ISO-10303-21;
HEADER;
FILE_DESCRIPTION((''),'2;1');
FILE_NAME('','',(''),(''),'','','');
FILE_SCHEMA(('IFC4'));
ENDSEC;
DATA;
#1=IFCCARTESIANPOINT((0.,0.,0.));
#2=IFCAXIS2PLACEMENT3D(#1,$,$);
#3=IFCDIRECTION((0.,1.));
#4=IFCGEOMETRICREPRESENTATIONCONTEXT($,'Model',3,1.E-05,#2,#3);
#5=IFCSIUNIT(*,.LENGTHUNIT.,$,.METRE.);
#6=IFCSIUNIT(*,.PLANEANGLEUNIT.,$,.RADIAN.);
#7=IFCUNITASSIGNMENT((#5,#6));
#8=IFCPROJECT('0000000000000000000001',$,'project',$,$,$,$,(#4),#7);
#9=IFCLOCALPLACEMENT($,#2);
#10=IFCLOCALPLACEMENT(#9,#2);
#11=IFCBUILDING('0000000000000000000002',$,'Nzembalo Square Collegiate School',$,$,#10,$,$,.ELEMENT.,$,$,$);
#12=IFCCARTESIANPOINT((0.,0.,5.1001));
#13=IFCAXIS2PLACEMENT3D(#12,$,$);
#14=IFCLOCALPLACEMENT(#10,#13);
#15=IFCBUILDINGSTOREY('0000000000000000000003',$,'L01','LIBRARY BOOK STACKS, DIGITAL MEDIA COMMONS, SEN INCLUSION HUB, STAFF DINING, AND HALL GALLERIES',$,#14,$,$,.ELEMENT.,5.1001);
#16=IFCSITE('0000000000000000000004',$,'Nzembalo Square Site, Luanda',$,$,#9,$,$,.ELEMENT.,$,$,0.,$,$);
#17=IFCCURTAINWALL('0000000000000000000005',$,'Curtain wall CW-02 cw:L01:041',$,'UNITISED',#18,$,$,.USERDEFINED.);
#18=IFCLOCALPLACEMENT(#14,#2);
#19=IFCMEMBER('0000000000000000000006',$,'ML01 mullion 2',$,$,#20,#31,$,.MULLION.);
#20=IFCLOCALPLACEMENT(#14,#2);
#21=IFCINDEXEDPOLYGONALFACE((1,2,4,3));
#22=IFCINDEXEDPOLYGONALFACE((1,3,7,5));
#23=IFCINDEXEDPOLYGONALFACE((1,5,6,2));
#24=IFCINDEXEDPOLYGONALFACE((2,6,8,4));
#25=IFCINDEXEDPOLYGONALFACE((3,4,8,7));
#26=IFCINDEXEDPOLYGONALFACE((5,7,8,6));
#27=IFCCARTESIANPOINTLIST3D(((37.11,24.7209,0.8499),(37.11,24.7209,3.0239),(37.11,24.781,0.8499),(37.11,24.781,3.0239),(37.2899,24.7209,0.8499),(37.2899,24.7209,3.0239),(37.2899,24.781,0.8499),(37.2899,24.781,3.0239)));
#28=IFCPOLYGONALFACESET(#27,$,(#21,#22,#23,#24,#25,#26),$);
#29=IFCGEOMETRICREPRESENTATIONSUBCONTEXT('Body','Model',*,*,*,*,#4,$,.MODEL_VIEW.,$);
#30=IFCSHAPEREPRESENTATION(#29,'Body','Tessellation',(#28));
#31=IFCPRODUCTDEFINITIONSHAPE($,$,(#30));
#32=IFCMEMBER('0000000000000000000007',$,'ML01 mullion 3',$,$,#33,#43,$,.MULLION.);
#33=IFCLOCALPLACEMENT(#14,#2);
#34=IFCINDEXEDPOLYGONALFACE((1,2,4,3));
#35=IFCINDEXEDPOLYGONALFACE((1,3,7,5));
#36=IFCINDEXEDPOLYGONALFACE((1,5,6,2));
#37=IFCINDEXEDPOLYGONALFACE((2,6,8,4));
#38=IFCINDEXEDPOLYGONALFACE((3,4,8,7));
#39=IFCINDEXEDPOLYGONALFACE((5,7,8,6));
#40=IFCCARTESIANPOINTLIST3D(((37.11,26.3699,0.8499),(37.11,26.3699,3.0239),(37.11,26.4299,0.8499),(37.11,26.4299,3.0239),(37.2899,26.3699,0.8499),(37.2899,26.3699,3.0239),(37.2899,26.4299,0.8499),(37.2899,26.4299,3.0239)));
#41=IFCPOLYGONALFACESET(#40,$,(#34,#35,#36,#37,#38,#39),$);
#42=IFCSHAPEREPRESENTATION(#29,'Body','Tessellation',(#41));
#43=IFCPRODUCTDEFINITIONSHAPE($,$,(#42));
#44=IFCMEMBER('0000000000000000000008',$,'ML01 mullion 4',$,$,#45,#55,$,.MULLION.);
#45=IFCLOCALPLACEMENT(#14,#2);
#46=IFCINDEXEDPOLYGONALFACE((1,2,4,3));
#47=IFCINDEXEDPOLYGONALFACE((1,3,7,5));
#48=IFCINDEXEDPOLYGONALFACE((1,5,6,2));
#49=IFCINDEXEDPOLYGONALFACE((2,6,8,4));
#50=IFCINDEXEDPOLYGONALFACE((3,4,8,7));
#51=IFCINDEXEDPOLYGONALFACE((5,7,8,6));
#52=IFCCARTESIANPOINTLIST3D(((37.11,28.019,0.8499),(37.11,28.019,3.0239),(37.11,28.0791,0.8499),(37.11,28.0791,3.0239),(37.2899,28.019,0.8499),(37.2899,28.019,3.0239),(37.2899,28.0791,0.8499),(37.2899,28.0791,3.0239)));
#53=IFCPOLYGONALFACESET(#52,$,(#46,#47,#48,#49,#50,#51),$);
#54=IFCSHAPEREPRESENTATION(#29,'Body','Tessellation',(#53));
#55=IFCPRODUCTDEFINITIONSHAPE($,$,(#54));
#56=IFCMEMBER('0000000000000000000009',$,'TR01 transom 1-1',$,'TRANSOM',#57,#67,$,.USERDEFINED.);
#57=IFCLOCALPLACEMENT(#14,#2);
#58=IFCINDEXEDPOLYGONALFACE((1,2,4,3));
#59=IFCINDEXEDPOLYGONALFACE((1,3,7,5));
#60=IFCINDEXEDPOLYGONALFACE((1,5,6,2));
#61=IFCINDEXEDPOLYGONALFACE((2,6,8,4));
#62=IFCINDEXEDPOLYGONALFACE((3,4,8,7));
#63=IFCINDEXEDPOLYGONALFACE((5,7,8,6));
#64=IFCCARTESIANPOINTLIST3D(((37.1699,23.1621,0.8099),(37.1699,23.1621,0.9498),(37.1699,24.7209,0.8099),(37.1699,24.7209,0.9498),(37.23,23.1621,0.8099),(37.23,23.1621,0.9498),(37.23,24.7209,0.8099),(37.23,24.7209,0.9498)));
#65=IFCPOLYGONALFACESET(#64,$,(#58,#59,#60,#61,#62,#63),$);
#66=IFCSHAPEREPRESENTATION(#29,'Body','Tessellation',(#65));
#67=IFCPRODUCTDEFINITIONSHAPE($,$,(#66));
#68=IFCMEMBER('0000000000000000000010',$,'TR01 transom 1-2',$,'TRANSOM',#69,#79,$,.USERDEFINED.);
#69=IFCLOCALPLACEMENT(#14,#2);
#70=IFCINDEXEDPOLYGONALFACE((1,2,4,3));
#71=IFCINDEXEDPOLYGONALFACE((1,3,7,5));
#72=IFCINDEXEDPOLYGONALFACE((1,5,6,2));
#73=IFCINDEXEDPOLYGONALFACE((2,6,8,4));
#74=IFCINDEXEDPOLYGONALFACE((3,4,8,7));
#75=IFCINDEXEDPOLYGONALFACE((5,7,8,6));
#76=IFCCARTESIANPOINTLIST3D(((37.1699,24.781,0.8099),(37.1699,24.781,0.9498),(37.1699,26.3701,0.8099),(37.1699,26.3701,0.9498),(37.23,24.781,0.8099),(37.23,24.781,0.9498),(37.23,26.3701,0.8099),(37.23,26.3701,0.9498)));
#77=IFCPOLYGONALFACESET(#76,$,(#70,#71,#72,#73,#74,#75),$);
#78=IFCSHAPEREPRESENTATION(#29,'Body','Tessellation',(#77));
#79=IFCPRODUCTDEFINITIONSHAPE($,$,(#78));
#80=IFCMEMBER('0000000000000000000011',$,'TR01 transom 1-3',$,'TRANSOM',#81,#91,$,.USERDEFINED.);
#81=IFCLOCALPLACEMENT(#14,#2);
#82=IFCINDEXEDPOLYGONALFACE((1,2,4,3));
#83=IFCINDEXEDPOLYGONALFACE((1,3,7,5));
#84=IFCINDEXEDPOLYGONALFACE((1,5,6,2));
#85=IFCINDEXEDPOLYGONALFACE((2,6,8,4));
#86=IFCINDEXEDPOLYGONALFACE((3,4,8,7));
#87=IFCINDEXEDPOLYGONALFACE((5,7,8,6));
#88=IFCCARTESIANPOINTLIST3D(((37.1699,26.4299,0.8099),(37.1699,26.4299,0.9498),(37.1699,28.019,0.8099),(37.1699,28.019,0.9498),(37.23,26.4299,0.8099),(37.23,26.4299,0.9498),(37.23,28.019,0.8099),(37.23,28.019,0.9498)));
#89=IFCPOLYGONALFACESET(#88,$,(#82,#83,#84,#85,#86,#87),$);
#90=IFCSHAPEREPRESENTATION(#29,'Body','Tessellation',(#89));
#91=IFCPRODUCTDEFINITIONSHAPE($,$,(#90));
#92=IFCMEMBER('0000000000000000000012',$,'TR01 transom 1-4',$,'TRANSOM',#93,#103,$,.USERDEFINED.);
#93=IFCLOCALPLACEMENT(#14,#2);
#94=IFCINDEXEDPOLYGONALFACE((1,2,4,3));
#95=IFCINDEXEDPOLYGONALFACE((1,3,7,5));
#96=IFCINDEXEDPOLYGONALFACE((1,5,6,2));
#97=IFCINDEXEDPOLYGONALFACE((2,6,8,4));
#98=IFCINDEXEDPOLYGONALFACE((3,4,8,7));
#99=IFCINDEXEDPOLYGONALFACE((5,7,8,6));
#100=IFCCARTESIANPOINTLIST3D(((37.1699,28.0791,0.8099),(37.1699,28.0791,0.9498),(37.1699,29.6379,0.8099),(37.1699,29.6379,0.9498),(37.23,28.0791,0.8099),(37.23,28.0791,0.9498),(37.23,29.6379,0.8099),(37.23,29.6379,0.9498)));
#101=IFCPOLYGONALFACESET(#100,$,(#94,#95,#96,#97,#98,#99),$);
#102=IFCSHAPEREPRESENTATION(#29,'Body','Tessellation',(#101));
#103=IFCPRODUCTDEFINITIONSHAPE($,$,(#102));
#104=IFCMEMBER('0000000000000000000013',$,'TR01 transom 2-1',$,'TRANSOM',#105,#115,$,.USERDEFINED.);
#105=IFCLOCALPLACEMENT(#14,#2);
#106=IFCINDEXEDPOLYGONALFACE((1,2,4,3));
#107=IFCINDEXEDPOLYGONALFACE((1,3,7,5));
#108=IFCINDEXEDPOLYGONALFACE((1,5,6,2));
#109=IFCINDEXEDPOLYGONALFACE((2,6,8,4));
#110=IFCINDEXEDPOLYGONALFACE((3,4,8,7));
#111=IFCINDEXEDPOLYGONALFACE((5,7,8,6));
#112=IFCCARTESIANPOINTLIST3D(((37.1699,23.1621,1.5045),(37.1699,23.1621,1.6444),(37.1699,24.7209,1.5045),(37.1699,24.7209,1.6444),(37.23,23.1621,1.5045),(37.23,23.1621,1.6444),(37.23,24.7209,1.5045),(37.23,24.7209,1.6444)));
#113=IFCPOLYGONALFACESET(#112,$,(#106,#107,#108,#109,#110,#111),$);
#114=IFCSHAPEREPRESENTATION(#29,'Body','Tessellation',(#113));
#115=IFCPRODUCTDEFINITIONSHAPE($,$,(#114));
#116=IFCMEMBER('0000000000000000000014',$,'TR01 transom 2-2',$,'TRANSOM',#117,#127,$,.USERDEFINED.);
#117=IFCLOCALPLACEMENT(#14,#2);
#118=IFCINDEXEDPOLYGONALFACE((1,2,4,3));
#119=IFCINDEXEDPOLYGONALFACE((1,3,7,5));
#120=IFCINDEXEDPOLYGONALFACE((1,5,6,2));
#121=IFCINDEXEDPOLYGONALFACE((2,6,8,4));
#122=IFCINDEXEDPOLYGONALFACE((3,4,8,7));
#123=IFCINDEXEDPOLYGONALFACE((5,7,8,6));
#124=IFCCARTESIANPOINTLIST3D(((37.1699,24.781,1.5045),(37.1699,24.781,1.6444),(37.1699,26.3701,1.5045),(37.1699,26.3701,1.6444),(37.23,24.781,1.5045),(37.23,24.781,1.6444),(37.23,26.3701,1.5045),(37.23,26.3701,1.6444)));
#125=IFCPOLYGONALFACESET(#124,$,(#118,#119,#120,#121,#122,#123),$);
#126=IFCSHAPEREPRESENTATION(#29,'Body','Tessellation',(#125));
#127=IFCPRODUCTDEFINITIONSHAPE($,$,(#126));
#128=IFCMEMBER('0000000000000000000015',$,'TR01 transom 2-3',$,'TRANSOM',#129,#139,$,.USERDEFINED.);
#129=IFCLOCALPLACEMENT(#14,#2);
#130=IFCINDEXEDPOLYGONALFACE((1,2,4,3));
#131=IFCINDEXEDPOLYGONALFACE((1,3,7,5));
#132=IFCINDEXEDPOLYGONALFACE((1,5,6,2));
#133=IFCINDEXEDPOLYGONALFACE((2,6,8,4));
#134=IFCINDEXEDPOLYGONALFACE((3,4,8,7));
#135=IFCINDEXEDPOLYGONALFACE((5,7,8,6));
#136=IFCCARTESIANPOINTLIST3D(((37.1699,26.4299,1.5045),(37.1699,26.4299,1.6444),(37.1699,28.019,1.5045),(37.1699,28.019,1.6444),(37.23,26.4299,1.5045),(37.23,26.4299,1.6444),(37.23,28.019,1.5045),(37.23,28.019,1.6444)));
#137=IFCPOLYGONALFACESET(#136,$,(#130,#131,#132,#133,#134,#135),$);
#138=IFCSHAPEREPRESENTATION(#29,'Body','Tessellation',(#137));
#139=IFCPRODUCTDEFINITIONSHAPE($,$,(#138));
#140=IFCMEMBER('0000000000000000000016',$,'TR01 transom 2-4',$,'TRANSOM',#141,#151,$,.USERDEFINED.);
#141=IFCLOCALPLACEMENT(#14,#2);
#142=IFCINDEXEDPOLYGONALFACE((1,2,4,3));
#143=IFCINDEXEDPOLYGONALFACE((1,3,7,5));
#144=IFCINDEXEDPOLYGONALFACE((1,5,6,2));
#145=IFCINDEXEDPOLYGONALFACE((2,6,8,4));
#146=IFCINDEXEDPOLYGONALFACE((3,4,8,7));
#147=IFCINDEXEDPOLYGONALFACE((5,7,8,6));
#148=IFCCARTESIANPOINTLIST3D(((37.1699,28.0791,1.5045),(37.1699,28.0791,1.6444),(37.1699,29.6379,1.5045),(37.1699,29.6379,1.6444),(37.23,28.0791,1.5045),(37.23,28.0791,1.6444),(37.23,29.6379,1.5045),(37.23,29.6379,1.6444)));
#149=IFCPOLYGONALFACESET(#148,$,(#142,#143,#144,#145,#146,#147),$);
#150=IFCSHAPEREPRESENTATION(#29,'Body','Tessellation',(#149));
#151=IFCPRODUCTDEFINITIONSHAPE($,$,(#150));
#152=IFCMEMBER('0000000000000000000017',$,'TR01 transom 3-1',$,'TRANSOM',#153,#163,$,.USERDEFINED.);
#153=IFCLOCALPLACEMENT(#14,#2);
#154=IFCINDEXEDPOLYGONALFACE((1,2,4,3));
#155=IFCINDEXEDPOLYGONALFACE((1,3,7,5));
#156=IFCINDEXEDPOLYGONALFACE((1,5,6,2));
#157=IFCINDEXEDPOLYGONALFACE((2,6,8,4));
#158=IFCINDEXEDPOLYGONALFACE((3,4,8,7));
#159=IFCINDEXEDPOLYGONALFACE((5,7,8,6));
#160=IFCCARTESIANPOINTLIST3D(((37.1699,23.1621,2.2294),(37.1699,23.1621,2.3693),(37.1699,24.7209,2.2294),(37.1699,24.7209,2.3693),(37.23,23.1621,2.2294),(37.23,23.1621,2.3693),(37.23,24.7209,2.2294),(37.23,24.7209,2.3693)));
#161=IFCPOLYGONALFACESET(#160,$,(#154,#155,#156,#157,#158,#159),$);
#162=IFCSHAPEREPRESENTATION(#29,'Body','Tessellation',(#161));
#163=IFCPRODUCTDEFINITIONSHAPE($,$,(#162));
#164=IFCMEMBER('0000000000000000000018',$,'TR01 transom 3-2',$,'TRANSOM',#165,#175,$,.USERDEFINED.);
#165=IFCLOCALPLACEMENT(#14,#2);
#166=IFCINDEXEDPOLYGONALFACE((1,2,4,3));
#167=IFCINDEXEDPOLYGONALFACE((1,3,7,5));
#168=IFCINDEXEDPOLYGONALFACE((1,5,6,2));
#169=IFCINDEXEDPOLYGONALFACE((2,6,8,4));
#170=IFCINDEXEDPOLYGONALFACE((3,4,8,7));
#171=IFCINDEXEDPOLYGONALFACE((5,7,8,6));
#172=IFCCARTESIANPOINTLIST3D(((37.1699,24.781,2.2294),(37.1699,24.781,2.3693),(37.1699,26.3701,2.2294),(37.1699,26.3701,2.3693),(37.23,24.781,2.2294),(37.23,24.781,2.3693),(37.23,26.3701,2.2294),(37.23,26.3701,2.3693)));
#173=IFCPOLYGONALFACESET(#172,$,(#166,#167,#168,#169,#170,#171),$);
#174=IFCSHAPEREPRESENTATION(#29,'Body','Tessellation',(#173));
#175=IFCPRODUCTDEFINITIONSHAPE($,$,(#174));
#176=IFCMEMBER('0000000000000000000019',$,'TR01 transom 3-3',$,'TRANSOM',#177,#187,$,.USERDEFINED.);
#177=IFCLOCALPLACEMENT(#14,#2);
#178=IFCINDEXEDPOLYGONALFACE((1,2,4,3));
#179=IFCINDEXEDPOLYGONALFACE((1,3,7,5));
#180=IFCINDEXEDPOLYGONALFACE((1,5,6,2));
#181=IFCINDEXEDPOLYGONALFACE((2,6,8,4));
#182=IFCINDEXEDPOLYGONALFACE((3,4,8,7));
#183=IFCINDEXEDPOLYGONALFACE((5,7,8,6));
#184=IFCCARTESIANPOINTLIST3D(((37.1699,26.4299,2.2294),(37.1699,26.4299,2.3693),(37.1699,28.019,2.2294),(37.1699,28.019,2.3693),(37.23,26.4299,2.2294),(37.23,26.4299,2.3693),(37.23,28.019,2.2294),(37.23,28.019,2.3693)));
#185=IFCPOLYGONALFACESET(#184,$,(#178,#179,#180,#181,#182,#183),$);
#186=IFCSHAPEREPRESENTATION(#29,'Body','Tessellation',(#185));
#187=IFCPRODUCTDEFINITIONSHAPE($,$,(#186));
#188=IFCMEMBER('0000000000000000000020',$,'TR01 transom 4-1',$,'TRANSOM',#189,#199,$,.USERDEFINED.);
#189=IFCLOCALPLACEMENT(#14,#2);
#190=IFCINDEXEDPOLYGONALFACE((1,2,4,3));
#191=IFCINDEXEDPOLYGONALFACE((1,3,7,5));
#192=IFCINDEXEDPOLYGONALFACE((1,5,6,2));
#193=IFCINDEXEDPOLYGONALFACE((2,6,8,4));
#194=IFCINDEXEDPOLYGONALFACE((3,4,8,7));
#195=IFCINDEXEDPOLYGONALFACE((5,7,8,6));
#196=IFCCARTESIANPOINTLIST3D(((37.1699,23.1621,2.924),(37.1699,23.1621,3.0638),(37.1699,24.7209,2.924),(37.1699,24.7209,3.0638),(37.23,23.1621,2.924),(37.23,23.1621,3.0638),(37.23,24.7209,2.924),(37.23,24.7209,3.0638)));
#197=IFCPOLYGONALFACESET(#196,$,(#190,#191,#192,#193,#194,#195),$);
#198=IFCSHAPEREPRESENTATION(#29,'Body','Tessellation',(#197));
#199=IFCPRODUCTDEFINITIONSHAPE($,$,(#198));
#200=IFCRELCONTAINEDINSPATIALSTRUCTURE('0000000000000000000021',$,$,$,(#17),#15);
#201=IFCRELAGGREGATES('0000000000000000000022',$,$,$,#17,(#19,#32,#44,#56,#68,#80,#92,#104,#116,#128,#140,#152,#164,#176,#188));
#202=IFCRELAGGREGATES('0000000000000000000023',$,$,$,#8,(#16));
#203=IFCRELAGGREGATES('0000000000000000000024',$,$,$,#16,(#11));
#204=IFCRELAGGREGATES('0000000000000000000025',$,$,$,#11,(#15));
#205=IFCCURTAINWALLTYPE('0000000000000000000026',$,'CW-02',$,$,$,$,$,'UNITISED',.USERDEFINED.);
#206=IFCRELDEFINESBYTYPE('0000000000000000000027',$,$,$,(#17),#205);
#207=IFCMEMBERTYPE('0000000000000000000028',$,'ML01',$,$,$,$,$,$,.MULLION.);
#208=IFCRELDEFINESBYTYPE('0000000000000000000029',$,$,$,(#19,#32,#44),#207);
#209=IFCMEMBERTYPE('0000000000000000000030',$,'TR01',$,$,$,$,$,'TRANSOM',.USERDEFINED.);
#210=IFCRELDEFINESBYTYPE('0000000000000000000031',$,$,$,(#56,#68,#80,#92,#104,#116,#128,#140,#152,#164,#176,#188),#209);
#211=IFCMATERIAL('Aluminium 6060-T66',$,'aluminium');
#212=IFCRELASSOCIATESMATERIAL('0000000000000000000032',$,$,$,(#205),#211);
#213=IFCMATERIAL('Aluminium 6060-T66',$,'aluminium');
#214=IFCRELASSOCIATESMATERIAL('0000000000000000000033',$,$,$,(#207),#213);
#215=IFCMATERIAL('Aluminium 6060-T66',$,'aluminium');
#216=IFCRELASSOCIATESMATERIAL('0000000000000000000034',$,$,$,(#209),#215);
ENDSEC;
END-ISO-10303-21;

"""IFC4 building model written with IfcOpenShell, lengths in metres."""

from ifc_helpers import new_model, si_unit, direction, frame, origin, origin_2d, place, context, subcontext, project, spatial, rectangle, extrude, material, material_profile, profile_set, type_object, element, aggregate, save


model = new_model("IFC4")

# Units and contexts
model_context = context("Model", 3, precision=1e-05, world=origin(), true_north=direction((0.0, 1.0)))
body_context = subcontext(model_context, "Body", "Model", "MODEL_VIEW")
ifc_project = project(units=[si_unit("LENGTHUNIT", "METRE"), si_unit("PLANEANGLEUNIT", "RADIAN")], contexts=[model_context])

# Site, building, storey
site_placement = place(None, origin())
site = spatial("IfcSite", under=ifc_project, at=site_placement, Name="Nzembalo Square Site, Luanda", CompositionType="ELEMENT", RefElevation=0.0)
building_placement = place(site_placement, origin())
building = spatial("IfcBuilding", under=site, at=building_placement, Name="Nzembalo Square Collegiate School", CompositionType="ELEMENT")
storey_placement = place(building_placement, frame((0.0, 0.0, 5.1001)))
storey = spatial("IfcBuildingStorey", under=building, at=storey_placement, Name="L01", Description="LIBRARY BOOK STACKS, DIGITAL MEDIA COMMONS, SEN INCLUSION HUB, STAFF DINING, AND HALL GALLERIES", CompositionType="ELEMENT", Elevation=5.1001)

# Curtain wall, members
ifc_material_1 = material(Name="Aluminium 6060-T66", Category="aluminium")
curtain_wall_type = type_object("IfcCurtainWallType", Name="CW-02", ElementType="UNITISED", PredefinedType="USERDEFINED", material=ifc_material_1)
curtain_wall_placement = place(storey_placement, origin())
curtain_wall = element("IfcCurtainWall", 1, at=curtain_wall_placement, inside=storey, type_object=curtain_wall_type, Name="Curtain wall CW-02 cw:L01:041", ObjectType="UNITISED", PredefinedType="USERDEFINED")
ifc_material_2 = material(Name="Aluminium 6060-T66", Category="aluminium")
ifc_material_profile_1 = material_profile(ifc_material_2, rectangle(XDim=0.0601, YDim=0.1799, at=origin_2d()), Name="ALU M60x180")
ifc_profile_set_1 = profile_set([ifc_material_profile_1], Name="Aluminium 6060-T66")
member_type_1 = type_object("IfcMemberType", Name="ML01", PredefinedType="MULLION", material=ifc_profile_set_1)
member_1_placement = place(storey_placement, frame((37.2, 24.751, 0.8499), z_axis=(0.0, 0.0, 1.0), x_axis=(0.0, 1.0, 0.0)))
member_1 = element("IfcMember", 2, at=member_1_placement, type_object=member_type_1, Name="ML01 mullion 2", PredefinedType="MULLION", context=body_context, shape_type="SweptSolid", body=[
    extrude(rectangle(XDim=0.0601, YDim=0.1799, at=origin_2d()), origin(), (0.0, 0.0, 1.0), 2.1741),
])
member_2_placement = place(storey_placement, frame((37.2, 26.3999, 0.8499), z_axis=(0.0, 0.0, 1.0), x_axis=(0.0, 1.0, 0.0)))
member_2 = element("IfcMember", 3, at=member_2_placement, type_object=member_type_1, Name="ML01 mullion 3", PredefinedType="MULLION", context=body_context, shape_type="SweptSolid", body=[
    extrude(rectangle(XDim=0.0601, YDim=0.1799, at=origin_2d()), origin(), (0.0, 0.0, 1.0), 2.1741),
])
member_3_placement = place(storey_placement, frame((37.2, 28.0491, 0.8499), z_axis=(0.0, 0.0, 1.0), x_axis=(0.0, 1.0, 0.0)))
member_3 = element("IfcMember", 4, at=member_3_placement, type_object=member_type_1, Name="ML01 mullion 4", PredefinedType="MULLION", context=body_context, shape_type="SweptSolid", body=[
    extrude(rectangle(XDim=0.0601, YDim=0.1799, at=origin_2d()), origin(), (0.0, 0.0, 1.0), 2.1741),
])
ifc_material_3 = material(Name="Aluminium 6060-T66", Category="aluminium")
ifc_material_profile_2 = material_profile(ifc_material_3, rectangle(XDim=0.0601, YDim=0.1399, at=origin_2d()), Name="ALU T60x140")
ifc_profile_set_2 = profile_set([ifc_material_profile_2], Name="Aluminium 6060-T66")
member_type_2 = type_object("IfcMemberType", Name="TR01", ElementType="TRANSOM", PredefinedType="USERDEFINED", material=ifc_profile_set_2)
member_4_placement = place(storey_placement, frame((37.2, 23.1621, 0.8799), z_axis=(0.0, 1.0, 0.0), x_axis=(-1.0, 0.0, 0.0)))
member_4 = element("IfcMember", 5, at=member_4_placement, type_object=member_type_2, Name="TR01 transom 1-1", ObjectType="TRANSOM", PredefinedType="USERDEFINED", context=body_context, shape_type="SweptSolid", body=[
    extrude(rectangle(XDim=0.0601, YDim=0.1399, at=origin_2d()), origin(), (0.0, 0.0, 1.0), 1.5588),
])
member_5_placement = place(storey_placement, frame((37.2, 24.781, 0.8799), z_axis=(0.0, 1.0, 0.0), x_axis=(-1.0, 0.0, 0.0)))
member_5 = element("IfcMember", 6, at=member_5_placement, type_object=member_type_2, Name="TR01 transom 1-2", ObjectType="TRANSOM", PredefinedType="USERDEFINED", context=body_context, shape_type="SweptSolid", body=[
    extrude(rectangle(XDim=0.0601, YDim=0.1399, at=origin_2d()), origin(), (0.0, 0.0, 1.0), 1.5891),
])
member_6_placement = place(storey_placement, frame((37.2, 26.4299, 0.8799), z_axis=(0.0, 1.0, 0.0), x_axis=(-1.0, 0.0, 0.0)))
member_6 = element("IfcMember", 7, at=member_6_placement, type_object=member_type_2, Name="TR01 transom 1-3", ObjectType="TRANSOM", PredefinedType="USERDEFINED", context=body_context, shape_type="SweptSolid", body=[
    extrude(rectangle(XDim=0.0601, YDim=0.1399, at=origin_2d()), origin(), (0.0, 0.0, 1.0), 1.5891),
])
member_7_placement = place(storey_placement, frame((37.2, 28.0791, 0.8799), z_axis=(0.0, 1.0, 0.0), x_axis=(-1.0, 0.0, 0.0)))
member_7 = element("IfcMember", 8, at=member_7_placement, type_object=member_type_2, Name="TR01 transom 1-4", ObjectType="TRANSOM", PredefinedType="USERDEFINED", context=body_context, shape_type="SweptSolid", body=[
    extrude(rectangle(XDim=0.0601, YDim=0.1399, at=origin_2d()), origin(), (0.0, 0.0, 1.0), 1.5588),
])
member_8_placement = place(storey_placement, frame((37.2, 23.1621, 1.5745), z_axis=(0.0, 1.0, 0.0), x_axis=(-1.0, 0.0, 0.0)))
member_8 = element("IfcMember", 9, at=member_8_placement, type_object=member_type_2, Name="TR01 transom 2-1", ObjectType="TRANSOM", PredefinedType="USERDEFINED", context=body_context, shape_type="SweptSolid", body=[
    extrude(rectangle(XDim=0.0601, YDim=0.1399, at=origin_2d()), origin(), (0.0, 0.0, 1.0), 1.5588),
])
member_9_placement = place(storey_placement, frame((37.2, 24.781, 1.5745), z_axis=(0.0, 1.0, 0.0), x_axis=(-1.0, 0.0, 0.0)))
member_9 = element("IfcMember", 10, at=member_9_placement, type_object=member_type_2, Name="TR01 transom 2-2", ObjectType="TRANSOM", PredefinedType="USERDEFINED", context=body_context, shape_type="SweptSolid", body=[
    extrude(rectangle(XDim=0.0601, YDim=0.1399, at=origin_2d()), origin(), (0.0, 0.0, 1.0), 1.5891),
])
member_10_placement = place(storey_placement, frame((37.2, 26.4299, 1.5745), z_axis=(0.0, 1.0, 0.0), x_axis=(-1.0, 0.0, 0.0)))
member_10 = element("IfcMember", 11, at=member_10_placement, type_object=member_type_2, Name="TR01 transom 2-3", ObjectType="TRANSOM", PredefinedType="USERDEFINED", context=body_context, shape_type="SweptSolid", body=[
    extrude(rectangle(XDim=0.0601, YDim=0.1399, at=origin_2d()), origin(), (0.0, 0.0, 1.0), 1.5891),
])
member_11_placement = place(storey_placement, frame((37.2, 28.0791, 1.5745), z_axis=(0.0, 1.0, 0.0), x_axis=(-1.0, 0.0, 0.0)))
member_11 = element("IfcMember", 12, at=member_11_placement, type_object=member_type_2, Name="TR01 transom 2-4", ObjectType="TRANSOM", PredefinedType="USERDEFINED", context=body_context, shape_type="SweptSolid", body=[
    extrude(rectangle(XDim=0.0601, YDim=0.1399, at=origin_2d()), origin(), (0.0, 0.0, 1.0), 1.5588),
])
member_12_placement = place(storey_placement, frame((37.2, 23.1621, 2.2993), z_axis=(0.0, 1.0, 0.0), x_axis=(-1.0, 0.0, 0.0)))
member_12 = element("IfcMember", 13, at=member_12_placement, type_object=member_type_2, Name="TR01 transom 3-1", ObjectType="TRANSOM", PredefinedType="USERDEFINED", context=body_context, shape_type="SweptSolid", body=[
    extrude(rectangle(XDim=0.0601, YDim=0.1399, at=origin_2d()), origin(), (0.0, 0.0, 1.0), 1.5588),
])
member_13_placement = place(storey_placement, frame((37.2, 24.781, 2.2993), z_axis=(0.0, 1.0, 0.0), x_axis=(-1.0, 0.0, 0.0)))
member_13 = element("IfcMember", 14, at=member_13_placement, type_object=member_type_2, Name="TR01 transom 3-2", ObjectType="TRANSOM", PredefinedType="USERDEFINED", context=body_context, shape_type="SweptSolid", body=[
    extrude(rectangle(XDim=0.0601, YDim=0.1399, at=origin_2d()), origin(), (0.0, 0.0, 1.0), 1.5891),
])
member_14_placement = place(storey_placement, frame((37.2, 26.4299, 2.2993), z_axis=(0.0, 1.0, 0.0), x_axis=(-1.0, 0.0, 0.0)))
member_14 = element("IfcMember", 15, at=member_14_placement, type_object=member_type_2, Name="TR01 transom 3-3", ObjectType="TRANSOM", PredefinedType="USERDEFINED", context=body_context, shape_type="SweptSolid", body=[
    extrude(rectangle(XDim=0.0601, YDim=0.1399, at=origin_2d()), origin(), (0.0, 0.0, 1.0), 1.5891),
])
member_15_placement = place(storey_placement, frame((37.2, 23.1621, 2.9939), z_axis=(0.0, 1.0, 0.0), x_axis=(-1.0, 0.0, 0.0)))
member_15 = element("IfcMember", 16, at=member_15_placement, type_object=member_type_2, Name="TR01 transom 4-1", ObjectType="TRANSOM", PredefinedType="USERDEFINED", context=body_context, shape_type="SweptSolid", body=[
    extrude(rectangle(XDim=0.0601, YDim=0.1399, at=origin_2d()), origin(), (0.0, 0.0, 1.0), 1.5588),
])
aggregate(curtain_wall, [member_1, member_2, member_3, member_4, member_5, member_6, member_7, member_8, member_9, member_10, member_11, member_12, member_13, member_14, member_15])

save(model, "model.ifc")
